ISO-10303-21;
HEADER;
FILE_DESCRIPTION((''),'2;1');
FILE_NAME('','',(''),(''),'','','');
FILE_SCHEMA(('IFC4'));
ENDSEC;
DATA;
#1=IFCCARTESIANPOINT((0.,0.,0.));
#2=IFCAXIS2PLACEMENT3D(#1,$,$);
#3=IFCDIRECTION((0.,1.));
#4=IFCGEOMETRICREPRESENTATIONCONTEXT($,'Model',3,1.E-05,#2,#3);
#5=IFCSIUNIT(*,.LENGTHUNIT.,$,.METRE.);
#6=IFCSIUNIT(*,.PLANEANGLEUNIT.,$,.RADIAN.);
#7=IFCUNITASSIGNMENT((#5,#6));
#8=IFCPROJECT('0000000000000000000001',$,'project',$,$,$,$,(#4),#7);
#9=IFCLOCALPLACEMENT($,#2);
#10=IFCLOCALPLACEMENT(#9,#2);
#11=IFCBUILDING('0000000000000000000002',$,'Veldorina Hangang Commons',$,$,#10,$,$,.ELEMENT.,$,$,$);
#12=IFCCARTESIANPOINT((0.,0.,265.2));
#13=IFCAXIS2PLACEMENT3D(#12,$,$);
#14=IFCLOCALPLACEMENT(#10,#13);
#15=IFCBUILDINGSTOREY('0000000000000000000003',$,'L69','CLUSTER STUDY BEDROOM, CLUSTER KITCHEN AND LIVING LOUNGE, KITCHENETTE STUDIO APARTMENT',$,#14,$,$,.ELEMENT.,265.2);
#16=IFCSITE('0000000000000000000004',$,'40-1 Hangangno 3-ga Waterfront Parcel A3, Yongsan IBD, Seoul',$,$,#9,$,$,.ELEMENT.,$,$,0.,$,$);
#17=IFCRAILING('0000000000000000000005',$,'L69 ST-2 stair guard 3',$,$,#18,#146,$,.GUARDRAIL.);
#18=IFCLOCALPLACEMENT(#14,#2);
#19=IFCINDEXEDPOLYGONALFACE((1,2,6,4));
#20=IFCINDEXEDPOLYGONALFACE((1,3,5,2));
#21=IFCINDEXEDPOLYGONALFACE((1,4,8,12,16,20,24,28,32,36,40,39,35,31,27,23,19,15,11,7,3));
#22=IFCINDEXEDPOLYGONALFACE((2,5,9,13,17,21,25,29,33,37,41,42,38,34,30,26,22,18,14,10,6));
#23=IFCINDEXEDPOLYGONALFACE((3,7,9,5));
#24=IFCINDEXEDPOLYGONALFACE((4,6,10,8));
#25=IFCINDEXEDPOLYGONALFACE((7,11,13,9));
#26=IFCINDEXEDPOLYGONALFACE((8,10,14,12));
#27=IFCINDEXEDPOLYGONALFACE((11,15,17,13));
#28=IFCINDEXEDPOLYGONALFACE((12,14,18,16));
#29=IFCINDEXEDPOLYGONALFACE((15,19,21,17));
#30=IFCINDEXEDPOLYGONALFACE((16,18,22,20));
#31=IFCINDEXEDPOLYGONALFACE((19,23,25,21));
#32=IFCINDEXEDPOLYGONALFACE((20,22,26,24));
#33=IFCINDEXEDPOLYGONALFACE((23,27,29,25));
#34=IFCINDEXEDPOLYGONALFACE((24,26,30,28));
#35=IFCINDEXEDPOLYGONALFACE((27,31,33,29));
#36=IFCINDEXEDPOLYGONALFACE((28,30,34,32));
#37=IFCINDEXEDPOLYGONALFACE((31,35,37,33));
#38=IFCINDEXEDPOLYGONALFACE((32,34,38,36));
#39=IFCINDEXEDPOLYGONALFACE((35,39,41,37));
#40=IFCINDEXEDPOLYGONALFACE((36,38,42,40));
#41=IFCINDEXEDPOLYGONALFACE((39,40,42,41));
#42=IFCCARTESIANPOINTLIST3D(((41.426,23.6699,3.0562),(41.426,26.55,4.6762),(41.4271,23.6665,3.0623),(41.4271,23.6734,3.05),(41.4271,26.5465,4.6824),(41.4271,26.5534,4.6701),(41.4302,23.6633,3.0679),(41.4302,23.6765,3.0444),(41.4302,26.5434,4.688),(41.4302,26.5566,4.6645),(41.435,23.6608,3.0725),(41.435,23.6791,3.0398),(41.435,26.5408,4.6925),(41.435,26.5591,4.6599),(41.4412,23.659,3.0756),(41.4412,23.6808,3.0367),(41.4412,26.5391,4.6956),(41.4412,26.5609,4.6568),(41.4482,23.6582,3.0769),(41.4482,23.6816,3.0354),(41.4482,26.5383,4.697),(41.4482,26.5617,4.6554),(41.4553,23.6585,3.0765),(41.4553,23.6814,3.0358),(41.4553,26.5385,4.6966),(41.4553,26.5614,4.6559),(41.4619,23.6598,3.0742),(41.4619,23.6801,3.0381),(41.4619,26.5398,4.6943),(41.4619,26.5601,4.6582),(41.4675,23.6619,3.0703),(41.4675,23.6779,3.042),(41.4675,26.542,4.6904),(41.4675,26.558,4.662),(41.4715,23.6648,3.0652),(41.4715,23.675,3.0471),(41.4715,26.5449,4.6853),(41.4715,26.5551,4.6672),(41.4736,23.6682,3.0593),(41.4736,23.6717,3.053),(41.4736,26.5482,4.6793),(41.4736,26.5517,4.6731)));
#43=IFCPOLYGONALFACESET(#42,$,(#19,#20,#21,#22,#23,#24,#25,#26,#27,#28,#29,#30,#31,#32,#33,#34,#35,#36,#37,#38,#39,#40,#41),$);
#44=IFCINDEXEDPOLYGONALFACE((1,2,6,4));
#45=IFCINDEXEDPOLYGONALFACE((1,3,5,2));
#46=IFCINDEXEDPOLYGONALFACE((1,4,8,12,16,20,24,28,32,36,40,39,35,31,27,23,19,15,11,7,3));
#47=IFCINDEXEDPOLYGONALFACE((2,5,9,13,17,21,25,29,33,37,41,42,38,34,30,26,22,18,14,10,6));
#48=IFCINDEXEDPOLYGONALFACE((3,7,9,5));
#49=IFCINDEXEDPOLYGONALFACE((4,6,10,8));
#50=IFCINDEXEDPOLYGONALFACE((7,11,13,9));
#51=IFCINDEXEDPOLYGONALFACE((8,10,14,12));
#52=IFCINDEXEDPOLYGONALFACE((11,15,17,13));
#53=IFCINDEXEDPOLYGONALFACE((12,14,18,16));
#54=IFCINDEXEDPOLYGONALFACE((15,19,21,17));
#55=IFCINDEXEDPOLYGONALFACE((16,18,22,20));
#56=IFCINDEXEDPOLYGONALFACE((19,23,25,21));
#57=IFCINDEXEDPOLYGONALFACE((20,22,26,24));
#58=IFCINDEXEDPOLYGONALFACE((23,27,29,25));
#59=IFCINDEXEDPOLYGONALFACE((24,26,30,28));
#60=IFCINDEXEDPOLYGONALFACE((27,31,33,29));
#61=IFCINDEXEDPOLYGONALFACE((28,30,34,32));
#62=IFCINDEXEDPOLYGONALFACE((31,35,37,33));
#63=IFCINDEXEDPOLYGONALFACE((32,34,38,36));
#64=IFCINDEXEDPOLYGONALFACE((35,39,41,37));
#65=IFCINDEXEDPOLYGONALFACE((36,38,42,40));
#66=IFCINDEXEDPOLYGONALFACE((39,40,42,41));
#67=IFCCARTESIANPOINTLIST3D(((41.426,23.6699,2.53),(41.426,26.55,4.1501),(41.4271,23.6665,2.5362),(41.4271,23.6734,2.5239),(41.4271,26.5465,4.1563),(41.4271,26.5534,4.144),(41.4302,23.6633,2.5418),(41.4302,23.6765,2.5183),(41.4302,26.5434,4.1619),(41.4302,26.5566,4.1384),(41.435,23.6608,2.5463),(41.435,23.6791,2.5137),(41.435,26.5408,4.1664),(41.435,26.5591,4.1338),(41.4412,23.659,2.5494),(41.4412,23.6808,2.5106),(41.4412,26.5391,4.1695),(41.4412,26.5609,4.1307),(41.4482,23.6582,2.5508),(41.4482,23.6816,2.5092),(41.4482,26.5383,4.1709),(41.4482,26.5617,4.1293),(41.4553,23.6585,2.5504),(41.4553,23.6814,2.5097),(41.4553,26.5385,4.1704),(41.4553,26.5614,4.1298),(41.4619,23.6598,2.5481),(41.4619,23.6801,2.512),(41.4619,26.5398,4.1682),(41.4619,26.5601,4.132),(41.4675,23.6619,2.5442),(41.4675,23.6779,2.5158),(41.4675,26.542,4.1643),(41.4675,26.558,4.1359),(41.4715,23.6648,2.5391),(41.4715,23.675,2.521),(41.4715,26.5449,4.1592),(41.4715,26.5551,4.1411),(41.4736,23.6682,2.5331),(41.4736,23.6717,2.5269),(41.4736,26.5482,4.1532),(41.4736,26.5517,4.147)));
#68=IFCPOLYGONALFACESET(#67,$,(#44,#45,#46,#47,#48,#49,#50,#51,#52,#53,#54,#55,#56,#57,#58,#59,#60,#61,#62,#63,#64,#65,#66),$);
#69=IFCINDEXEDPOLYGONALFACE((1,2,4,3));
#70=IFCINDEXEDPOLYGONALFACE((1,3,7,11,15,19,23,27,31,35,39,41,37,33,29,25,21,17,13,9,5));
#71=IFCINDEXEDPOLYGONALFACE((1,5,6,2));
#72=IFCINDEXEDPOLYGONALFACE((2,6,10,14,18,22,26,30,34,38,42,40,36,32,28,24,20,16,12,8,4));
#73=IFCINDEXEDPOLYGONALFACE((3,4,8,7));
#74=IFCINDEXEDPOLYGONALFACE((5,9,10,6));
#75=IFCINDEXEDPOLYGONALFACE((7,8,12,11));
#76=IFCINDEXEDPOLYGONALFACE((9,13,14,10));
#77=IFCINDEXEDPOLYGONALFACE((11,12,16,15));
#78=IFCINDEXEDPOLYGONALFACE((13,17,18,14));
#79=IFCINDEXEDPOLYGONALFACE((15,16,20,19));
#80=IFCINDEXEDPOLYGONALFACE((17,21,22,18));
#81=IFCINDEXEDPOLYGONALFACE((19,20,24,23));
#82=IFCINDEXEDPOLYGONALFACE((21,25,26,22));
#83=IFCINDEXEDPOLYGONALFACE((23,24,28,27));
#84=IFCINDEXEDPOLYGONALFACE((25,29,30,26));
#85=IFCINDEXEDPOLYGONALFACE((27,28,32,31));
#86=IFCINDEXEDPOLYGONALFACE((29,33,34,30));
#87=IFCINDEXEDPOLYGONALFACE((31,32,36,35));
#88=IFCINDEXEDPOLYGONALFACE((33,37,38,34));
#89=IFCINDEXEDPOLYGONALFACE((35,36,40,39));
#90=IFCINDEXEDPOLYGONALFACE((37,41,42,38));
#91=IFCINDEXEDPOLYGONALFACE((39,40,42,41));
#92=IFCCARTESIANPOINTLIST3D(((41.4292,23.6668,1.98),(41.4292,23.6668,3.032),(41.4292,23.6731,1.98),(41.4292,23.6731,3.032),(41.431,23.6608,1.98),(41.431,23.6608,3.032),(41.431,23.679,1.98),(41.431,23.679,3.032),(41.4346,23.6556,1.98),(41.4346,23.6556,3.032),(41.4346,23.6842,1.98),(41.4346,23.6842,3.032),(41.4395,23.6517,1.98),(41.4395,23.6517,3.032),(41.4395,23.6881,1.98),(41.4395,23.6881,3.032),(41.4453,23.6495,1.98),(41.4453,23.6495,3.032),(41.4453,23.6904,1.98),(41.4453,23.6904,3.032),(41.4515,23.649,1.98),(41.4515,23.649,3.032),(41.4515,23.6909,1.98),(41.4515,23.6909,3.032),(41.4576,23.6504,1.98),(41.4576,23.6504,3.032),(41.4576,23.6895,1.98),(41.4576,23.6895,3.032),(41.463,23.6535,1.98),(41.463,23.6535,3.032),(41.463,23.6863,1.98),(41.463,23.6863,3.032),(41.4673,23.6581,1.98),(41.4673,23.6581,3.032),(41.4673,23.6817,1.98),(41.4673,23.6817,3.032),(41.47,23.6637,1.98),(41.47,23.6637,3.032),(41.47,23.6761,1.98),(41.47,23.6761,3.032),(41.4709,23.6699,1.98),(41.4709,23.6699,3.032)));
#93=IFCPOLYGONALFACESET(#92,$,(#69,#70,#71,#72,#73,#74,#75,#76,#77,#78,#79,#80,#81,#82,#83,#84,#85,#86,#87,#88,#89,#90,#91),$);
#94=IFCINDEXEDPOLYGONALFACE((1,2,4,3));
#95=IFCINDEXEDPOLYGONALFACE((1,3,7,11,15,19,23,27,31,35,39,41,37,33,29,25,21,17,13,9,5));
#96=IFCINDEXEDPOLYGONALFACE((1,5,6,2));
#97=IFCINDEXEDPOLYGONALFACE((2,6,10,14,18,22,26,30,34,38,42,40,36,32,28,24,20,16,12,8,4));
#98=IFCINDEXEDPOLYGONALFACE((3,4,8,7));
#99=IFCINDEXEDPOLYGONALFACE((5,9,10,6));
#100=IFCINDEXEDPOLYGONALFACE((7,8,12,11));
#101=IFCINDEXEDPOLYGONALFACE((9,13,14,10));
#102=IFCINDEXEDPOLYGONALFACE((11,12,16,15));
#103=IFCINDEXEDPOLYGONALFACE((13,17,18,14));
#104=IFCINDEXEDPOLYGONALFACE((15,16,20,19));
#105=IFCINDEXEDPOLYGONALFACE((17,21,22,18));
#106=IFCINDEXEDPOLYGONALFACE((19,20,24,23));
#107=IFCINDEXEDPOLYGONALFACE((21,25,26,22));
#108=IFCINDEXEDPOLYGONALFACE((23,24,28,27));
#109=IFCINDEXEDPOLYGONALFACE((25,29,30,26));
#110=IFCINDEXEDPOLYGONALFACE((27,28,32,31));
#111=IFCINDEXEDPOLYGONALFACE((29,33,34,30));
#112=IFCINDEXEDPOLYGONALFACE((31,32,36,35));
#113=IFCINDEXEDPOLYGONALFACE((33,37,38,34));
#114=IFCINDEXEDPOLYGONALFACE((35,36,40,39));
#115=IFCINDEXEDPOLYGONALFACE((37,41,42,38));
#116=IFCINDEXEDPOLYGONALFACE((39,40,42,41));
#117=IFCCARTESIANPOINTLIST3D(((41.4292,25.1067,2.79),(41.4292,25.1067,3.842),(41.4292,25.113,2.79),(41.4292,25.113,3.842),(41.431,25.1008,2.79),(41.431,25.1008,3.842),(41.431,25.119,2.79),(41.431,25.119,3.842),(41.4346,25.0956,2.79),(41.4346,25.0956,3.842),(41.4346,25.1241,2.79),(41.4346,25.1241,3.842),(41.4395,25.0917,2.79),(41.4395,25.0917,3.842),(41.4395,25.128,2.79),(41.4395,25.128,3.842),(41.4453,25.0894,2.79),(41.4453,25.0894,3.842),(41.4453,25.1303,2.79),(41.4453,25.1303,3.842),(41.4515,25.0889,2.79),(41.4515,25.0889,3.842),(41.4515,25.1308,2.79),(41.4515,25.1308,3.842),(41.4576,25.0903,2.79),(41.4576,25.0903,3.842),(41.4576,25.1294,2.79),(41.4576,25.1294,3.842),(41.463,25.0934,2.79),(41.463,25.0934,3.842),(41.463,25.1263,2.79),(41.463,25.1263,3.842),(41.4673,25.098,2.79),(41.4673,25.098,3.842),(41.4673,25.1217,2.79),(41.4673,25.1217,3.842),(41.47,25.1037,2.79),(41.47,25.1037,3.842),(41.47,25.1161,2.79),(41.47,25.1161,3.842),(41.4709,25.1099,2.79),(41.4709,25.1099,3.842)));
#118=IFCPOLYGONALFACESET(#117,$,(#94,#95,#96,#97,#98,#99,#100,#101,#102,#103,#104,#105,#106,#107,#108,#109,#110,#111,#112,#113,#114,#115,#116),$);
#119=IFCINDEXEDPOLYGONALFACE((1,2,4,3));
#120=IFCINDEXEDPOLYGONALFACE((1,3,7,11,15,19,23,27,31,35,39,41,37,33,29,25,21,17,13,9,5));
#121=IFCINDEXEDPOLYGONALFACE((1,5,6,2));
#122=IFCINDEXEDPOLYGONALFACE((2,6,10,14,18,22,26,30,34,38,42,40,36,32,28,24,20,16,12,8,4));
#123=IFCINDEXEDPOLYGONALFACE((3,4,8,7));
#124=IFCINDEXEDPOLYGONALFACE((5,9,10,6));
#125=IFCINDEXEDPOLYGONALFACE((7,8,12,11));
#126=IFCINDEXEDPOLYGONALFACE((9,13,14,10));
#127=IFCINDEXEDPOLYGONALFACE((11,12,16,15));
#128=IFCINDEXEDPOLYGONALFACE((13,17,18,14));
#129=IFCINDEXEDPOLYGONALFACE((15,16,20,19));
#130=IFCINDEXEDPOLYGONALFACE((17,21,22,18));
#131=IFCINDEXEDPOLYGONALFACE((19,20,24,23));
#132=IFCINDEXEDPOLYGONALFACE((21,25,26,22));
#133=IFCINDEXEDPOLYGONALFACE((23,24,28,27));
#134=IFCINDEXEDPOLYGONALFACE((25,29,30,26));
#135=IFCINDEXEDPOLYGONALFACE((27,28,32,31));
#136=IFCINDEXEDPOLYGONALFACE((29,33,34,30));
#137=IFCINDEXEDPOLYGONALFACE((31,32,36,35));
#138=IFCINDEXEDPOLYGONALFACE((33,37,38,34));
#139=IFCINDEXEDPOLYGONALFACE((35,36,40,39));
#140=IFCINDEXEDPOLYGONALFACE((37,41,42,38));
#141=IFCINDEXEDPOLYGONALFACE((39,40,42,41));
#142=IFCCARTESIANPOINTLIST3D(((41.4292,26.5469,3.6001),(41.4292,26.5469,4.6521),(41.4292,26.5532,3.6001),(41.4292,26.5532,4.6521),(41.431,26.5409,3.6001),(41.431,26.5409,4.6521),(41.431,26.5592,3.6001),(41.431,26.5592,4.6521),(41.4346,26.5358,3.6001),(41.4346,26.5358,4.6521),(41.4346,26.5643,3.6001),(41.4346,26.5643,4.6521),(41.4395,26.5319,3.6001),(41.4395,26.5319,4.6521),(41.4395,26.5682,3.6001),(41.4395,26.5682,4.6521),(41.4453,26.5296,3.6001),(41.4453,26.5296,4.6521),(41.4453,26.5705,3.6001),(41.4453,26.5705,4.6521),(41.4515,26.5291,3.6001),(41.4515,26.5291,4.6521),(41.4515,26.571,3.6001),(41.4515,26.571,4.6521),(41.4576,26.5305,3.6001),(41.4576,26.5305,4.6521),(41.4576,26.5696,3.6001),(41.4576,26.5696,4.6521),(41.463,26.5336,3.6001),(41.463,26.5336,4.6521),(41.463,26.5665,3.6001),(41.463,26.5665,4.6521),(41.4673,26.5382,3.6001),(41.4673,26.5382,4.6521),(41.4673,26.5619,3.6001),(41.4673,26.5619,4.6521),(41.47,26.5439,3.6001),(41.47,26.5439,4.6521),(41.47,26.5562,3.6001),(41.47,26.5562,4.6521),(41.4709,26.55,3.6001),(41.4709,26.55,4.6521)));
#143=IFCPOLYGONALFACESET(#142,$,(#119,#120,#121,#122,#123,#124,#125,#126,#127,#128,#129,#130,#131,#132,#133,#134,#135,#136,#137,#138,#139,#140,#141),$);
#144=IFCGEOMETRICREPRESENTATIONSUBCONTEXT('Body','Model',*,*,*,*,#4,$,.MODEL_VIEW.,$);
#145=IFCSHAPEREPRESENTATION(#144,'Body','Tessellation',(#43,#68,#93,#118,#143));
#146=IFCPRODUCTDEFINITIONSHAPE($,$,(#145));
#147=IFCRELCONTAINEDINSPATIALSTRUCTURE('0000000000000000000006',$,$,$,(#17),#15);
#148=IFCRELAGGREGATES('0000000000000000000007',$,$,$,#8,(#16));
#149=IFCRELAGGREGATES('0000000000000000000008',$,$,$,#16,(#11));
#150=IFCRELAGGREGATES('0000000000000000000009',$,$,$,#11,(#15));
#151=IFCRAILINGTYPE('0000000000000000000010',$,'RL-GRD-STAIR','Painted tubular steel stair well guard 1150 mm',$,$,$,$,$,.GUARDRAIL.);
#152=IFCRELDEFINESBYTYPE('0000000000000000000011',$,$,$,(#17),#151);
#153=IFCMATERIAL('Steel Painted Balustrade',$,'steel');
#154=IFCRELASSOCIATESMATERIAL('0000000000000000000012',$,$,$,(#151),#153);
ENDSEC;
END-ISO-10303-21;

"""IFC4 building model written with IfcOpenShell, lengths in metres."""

from ifc_helpers import new_model, si_unit, direction, frame, origin, origin_2d, place, context, subcontext, project, spatial, circle, extrude, material, type_object, element, save


model = new_model("IFC4")

# Units and contexts
model_context = context("Model", 3, precision=1e-05, world=origin(), true_north=direction((0.0, 1.0)))
body_context = subcontext(model_context, "Body", "Model", "MODEL_VIEW")
ifc_project = project(units=[si_unit("LENGTHUNIT", "METRE"), si_unit("PLANEANGLEUNIT", "RADIAN")], contexts=[model_context])

# Site, building, storey
site_placement = place(None, origin())
site = spatial("IfcSite", under=ifc_project, at=site_placement, Name="40-1 Hangangno 3-ga Waterfront Parcel A3, Yongsan IBD, Seoul", CompositionType="ELEMENT", RefElevation=0.0)
building_placement = place(site_placement, origin())
building = spatial("IfcBuilding", under=site, at=building_placement, Name="Veldorina Hangang Commons", CompositionType="ELEMENT")
storey_placement = place(building_placement, frame((0.0, 0.0, 265.2)))
storey = spatial("IfcBuildingStorey", under=building, at=storey_placement, Name="L69", Description="CLUSTER STUDY BEDROOM, CLUSTER KITCHEN AND LIVING LOUNGE, KITCHENETTE STUDIO APARTMENT", CompositionType="ELEMENT", Elevation=265.2)

# Railing
ifc_material_1 = material(Name="Steel Painted Balustrade", Category="steel")
railing_type_1 = type_object("IfcRailingType", Name="RL-GRD-STAIR", Description="Painted tubular steel stair well guard 1150 mm", PredefinedType="GUARDRAIL", material=ifc_material_1)
railing_1_placement = place(storey_placement, frame((41.45, 23.6699, 1.98)))
element("IfcRailing", 1, at=railing_1_placement, inside=storey, type_object=railing_type_1, Name="L69 ST-2 stair guard 3", PredefinedType="GUARDRAIL", context=body_context, shape_type="SweptSolid", body=[
    extrude(circle(Radius=0.0239, at=origin_2d()), frame((0.0, 0.0, 1.0762), z_axis=(0.0, 0.87157, 0.490272), x_axis=(-1.0, 0.0, 0.0)), (0.0, 0.0, 1.0), 3.3044),
    extrude(circle(Radius=0.0239, at=origin_2d()), frame((0.0, 0.0, 0.55), z_axis=(0.0, 0.87157, 0.490272), x_axis=(-1.0, 0.0, 0.0)), (0.0, 0.0, 1.0), 3.3044),
    extrude(circle(Radius=0.021, at=origin_2d()), origin(), (0.0, 0.0, 1.0), 1.052),
    extrude(circle(Radius=0.021, at=origin_2d()), frame((0.0, 1.4399, 0.8101)), (0.0, 0.0, 1.0), 1.052),
    extrude(circle(Radius=0.021, at=origin_2d()), frame((0.0, 2.8801, 1.6201)), (0.0, 0.0, 1.0), 1.052),
])

save(model, "model.ifc")
